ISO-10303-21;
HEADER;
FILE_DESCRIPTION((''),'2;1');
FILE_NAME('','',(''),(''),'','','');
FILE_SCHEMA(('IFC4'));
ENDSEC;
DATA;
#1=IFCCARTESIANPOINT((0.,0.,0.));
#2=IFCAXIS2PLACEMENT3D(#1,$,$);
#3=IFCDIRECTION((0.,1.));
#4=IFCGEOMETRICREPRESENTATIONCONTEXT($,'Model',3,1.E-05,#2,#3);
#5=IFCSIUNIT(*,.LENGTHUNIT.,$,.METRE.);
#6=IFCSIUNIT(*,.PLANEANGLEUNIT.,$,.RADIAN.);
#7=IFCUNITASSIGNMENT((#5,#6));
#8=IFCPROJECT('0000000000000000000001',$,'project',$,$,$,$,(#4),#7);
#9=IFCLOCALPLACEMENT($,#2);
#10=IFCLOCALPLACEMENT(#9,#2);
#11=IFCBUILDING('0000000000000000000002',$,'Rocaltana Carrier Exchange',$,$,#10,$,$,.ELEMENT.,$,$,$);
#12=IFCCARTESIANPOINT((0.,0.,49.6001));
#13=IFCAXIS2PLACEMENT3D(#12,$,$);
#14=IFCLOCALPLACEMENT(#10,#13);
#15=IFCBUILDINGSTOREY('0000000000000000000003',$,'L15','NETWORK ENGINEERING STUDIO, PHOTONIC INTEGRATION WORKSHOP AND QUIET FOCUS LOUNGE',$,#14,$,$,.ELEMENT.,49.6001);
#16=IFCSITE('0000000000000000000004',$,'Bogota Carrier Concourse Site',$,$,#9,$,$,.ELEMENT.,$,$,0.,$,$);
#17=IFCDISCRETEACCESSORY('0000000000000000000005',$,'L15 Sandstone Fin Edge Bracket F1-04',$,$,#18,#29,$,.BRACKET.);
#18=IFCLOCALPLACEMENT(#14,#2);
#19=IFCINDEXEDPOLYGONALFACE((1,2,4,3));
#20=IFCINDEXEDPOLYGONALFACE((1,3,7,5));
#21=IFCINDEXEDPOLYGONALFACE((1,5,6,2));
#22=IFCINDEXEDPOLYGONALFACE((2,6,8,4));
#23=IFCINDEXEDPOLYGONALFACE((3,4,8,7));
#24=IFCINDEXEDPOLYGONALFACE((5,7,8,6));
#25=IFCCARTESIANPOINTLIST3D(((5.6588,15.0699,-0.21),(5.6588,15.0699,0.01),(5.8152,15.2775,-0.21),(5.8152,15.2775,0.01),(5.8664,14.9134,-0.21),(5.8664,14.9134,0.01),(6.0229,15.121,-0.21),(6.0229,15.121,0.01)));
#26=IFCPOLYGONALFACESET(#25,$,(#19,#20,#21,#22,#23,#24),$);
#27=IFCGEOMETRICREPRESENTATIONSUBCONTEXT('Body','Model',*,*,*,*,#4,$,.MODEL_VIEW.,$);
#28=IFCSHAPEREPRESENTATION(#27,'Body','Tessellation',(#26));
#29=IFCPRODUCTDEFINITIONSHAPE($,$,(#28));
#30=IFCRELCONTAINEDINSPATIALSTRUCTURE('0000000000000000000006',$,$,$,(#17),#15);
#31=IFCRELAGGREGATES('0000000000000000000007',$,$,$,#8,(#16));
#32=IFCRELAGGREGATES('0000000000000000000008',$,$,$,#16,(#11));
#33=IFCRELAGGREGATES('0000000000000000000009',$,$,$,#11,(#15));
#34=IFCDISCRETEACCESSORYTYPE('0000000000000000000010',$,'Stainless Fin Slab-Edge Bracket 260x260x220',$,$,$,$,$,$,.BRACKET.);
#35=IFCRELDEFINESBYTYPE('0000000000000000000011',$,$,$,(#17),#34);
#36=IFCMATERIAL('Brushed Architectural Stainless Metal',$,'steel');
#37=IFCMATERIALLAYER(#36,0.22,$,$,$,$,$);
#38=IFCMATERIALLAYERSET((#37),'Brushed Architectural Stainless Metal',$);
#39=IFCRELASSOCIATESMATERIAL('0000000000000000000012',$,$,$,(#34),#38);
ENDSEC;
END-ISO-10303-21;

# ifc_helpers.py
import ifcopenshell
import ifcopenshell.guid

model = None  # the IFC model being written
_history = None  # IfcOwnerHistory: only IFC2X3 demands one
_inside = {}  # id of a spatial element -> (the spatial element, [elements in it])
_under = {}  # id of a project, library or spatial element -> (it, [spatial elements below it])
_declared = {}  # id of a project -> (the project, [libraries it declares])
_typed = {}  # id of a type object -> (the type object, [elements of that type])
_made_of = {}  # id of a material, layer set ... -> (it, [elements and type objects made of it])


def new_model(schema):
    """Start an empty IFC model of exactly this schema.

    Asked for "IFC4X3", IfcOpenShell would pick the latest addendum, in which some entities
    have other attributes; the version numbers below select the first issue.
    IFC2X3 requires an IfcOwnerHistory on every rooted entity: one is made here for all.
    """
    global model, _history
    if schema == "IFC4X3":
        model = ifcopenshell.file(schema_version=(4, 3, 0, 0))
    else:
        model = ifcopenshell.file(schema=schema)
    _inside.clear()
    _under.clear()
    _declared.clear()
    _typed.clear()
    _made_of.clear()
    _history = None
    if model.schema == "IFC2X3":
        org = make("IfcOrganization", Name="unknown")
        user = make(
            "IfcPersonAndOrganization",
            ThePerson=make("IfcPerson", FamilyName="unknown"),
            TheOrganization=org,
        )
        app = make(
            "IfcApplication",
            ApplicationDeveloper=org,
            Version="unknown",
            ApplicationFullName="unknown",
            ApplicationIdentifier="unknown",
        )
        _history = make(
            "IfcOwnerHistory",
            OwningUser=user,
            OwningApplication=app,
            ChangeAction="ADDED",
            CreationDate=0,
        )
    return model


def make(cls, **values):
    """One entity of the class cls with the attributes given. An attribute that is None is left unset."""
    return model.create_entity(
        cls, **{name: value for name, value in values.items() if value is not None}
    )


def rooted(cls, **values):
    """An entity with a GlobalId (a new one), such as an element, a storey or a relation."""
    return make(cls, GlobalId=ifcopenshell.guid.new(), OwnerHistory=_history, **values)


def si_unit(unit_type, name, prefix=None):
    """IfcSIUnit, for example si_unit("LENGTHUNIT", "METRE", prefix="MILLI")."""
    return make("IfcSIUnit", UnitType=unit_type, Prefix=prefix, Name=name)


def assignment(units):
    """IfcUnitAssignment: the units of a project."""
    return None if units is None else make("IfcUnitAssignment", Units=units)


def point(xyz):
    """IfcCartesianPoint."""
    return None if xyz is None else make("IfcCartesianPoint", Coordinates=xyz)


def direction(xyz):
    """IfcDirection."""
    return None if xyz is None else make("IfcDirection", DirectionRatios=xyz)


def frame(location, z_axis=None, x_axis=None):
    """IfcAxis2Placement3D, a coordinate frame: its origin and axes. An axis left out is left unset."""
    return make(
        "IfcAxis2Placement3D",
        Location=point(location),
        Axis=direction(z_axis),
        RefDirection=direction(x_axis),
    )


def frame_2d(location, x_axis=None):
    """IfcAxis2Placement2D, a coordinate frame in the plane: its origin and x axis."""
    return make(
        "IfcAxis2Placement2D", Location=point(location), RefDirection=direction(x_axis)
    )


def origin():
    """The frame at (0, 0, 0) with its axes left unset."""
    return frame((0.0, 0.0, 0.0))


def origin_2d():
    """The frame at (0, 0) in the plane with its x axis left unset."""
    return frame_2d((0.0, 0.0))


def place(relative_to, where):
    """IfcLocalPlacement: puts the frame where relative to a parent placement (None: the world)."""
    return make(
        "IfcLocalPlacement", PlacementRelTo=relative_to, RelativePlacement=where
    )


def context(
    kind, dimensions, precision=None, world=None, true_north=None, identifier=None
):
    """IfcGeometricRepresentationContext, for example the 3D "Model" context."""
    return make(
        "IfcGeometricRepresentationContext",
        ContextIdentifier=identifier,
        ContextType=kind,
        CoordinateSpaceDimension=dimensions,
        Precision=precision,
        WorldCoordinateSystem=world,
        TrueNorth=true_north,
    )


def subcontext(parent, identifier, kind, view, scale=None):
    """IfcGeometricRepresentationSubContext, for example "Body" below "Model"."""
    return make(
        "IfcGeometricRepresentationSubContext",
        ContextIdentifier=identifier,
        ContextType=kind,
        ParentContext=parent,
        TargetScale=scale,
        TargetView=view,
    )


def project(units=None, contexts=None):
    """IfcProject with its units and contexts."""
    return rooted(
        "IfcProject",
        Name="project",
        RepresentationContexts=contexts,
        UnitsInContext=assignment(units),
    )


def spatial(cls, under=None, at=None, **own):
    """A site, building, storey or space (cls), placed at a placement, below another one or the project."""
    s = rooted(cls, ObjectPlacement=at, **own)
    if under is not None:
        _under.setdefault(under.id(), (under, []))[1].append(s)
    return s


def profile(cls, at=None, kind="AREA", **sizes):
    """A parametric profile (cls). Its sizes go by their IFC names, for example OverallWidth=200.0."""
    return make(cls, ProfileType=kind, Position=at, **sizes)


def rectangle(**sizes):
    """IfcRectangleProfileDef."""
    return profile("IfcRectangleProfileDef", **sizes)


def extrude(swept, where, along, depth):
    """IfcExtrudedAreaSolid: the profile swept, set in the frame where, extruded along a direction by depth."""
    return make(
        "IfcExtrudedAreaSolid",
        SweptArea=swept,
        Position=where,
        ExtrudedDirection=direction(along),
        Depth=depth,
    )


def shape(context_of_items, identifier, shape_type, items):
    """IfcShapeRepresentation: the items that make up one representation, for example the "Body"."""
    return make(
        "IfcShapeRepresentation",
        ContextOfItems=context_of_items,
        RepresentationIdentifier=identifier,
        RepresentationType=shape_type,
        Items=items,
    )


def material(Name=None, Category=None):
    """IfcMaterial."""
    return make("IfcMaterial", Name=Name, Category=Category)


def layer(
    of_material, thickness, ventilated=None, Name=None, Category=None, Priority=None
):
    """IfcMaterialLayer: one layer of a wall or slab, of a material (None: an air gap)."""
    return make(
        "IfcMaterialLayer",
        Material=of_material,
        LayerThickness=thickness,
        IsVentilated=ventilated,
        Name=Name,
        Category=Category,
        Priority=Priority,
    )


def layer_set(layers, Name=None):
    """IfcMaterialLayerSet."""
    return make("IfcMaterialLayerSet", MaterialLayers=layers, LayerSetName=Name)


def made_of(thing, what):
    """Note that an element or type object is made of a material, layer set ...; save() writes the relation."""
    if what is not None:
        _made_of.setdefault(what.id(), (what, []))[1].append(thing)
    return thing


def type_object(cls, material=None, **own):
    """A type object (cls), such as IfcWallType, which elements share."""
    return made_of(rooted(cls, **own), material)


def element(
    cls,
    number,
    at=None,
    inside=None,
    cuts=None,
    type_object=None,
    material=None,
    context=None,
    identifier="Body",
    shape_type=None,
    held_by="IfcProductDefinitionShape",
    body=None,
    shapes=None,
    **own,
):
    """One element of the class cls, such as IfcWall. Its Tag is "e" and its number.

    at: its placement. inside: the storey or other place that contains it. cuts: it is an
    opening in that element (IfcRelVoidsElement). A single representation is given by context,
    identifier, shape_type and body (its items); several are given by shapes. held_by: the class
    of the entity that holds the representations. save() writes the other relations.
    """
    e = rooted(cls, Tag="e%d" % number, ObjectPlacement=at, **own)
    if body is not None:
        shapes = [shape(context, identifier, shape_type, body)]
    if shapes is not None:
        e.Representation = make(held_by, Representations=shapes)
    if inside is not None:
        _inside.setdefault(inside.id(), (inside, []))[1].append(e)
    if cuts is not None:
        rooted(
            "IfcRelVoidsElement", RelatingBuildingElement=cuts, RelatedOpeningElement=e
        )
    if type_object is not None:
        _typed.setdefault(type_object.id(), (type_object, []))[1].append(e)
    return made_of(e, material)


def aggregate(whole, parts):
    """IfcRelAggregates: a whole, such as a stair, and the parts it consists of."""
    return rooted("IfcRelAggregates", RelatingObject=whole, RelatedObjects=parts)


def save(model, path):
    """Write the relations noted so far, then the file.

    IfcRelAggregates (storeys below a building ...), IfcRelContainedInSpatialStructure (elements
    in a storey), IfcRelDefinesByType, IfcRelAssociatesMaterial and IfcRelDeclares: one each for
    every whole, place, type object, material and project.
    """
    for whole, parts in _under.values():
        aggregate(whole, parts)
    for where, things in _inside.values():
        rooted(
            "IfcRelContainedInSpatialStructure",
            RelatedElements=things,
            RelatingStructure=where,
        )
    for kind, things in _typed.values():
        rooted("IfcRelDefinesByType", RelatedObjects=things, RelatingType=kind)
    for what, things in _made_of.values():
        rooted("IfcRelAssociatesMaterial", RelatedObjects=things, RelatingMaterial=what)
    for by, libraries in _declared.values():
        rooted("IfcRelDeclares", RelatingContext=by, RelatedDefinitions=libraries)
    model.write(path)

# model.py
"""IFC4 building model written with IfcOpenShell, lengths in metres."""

from ifc_helpers import new_model, si_unit, direction, frame, origin, origin_2d, place, context, subcontext, project, spatial, rectangle, extrude, material, layer, layer_set, type_object, element, save


model = new_model("IFC4")

# Units and contexts
model_context = context("Model", 3, precision=1e-05, world=origin(), true_north=direction((0.0, 1.0)))
body_context = subcontext(model_context, "Body", "Model", "MODEL_VIEW")
ifc_project = project(units=[si_unit("LENGTHUNIT", "METRE"), si_unit("PLANEANGLEUNIT", "RADIAN")], contexts=[model_context])

# Site, building, storey
site_placement = place(None, origin())
site = spatial("IfcSite", under=ifc_project, at=site_placement, Name="Bogota Carrier Concourse Site", CompositionType="ELEMENT", RefElevation=0.0)
building_placement = place(site_placement, origin())
building = spatial("IfcBuilding", under=site, at=building_placement, Name="Rocaltana Carrier Exchange", CompositionType="ELEMENT")
storey_placement = place(building_placement, frame((0.0, 0.0, 49.6001)))
storey = spatial("IfcBuildingStorey", under=building, at=storey_placement, Name="L15", Description="NETWORK ENGINEERING STUDIO, PHOTONIC INTEGRATION WORKSHOP AND QUIET FOCUS LOUNGE", CompositionType="ELEMENT", Elevation=49.6001)

# Discrete accessory
ifc_material_1 = material(Name="Brushed Architectural Stainless Metal", Category="steel")
ifc_layer_1 = layer(ifc_material_1, 0.22)
ifc_layer_set_1 = layer_set([ifc_layer_1], Name="Brushed Architectural Stainless Metal")
discrete_accessory_type = type_object("IfcDiscreteAccessoryType", Name="Stainless Fin Slab-Edge Bracket 260x260x220", PredefinedType="BRACKET", material=ifc_layer_set_1)
discrete_accessory_placement = place(storey_placement, frame((5.8408, 15.0955, -0.21), z_axis=(0.0, 0.0, 1.0), x_axis=(-0.798636, 0.601815, 0.0)))
element("IfcDiscreteAccessory", 1, at=discrete_accessory_placement, inside=storey, type_object=discrete_accessory_type, Name="L15 Sandstone Fin Edge Bracket F1-04", PredefinedType="BRACKET", context=body_context, shape_type="SweptSolid", body=[
    extrude(rectangle(XDim=0.26, YDim=0.26, at=origin_2d()), origin(), (0.0, 0.0, 1.0), 0.22),
])

save(model, "model.ifc")
